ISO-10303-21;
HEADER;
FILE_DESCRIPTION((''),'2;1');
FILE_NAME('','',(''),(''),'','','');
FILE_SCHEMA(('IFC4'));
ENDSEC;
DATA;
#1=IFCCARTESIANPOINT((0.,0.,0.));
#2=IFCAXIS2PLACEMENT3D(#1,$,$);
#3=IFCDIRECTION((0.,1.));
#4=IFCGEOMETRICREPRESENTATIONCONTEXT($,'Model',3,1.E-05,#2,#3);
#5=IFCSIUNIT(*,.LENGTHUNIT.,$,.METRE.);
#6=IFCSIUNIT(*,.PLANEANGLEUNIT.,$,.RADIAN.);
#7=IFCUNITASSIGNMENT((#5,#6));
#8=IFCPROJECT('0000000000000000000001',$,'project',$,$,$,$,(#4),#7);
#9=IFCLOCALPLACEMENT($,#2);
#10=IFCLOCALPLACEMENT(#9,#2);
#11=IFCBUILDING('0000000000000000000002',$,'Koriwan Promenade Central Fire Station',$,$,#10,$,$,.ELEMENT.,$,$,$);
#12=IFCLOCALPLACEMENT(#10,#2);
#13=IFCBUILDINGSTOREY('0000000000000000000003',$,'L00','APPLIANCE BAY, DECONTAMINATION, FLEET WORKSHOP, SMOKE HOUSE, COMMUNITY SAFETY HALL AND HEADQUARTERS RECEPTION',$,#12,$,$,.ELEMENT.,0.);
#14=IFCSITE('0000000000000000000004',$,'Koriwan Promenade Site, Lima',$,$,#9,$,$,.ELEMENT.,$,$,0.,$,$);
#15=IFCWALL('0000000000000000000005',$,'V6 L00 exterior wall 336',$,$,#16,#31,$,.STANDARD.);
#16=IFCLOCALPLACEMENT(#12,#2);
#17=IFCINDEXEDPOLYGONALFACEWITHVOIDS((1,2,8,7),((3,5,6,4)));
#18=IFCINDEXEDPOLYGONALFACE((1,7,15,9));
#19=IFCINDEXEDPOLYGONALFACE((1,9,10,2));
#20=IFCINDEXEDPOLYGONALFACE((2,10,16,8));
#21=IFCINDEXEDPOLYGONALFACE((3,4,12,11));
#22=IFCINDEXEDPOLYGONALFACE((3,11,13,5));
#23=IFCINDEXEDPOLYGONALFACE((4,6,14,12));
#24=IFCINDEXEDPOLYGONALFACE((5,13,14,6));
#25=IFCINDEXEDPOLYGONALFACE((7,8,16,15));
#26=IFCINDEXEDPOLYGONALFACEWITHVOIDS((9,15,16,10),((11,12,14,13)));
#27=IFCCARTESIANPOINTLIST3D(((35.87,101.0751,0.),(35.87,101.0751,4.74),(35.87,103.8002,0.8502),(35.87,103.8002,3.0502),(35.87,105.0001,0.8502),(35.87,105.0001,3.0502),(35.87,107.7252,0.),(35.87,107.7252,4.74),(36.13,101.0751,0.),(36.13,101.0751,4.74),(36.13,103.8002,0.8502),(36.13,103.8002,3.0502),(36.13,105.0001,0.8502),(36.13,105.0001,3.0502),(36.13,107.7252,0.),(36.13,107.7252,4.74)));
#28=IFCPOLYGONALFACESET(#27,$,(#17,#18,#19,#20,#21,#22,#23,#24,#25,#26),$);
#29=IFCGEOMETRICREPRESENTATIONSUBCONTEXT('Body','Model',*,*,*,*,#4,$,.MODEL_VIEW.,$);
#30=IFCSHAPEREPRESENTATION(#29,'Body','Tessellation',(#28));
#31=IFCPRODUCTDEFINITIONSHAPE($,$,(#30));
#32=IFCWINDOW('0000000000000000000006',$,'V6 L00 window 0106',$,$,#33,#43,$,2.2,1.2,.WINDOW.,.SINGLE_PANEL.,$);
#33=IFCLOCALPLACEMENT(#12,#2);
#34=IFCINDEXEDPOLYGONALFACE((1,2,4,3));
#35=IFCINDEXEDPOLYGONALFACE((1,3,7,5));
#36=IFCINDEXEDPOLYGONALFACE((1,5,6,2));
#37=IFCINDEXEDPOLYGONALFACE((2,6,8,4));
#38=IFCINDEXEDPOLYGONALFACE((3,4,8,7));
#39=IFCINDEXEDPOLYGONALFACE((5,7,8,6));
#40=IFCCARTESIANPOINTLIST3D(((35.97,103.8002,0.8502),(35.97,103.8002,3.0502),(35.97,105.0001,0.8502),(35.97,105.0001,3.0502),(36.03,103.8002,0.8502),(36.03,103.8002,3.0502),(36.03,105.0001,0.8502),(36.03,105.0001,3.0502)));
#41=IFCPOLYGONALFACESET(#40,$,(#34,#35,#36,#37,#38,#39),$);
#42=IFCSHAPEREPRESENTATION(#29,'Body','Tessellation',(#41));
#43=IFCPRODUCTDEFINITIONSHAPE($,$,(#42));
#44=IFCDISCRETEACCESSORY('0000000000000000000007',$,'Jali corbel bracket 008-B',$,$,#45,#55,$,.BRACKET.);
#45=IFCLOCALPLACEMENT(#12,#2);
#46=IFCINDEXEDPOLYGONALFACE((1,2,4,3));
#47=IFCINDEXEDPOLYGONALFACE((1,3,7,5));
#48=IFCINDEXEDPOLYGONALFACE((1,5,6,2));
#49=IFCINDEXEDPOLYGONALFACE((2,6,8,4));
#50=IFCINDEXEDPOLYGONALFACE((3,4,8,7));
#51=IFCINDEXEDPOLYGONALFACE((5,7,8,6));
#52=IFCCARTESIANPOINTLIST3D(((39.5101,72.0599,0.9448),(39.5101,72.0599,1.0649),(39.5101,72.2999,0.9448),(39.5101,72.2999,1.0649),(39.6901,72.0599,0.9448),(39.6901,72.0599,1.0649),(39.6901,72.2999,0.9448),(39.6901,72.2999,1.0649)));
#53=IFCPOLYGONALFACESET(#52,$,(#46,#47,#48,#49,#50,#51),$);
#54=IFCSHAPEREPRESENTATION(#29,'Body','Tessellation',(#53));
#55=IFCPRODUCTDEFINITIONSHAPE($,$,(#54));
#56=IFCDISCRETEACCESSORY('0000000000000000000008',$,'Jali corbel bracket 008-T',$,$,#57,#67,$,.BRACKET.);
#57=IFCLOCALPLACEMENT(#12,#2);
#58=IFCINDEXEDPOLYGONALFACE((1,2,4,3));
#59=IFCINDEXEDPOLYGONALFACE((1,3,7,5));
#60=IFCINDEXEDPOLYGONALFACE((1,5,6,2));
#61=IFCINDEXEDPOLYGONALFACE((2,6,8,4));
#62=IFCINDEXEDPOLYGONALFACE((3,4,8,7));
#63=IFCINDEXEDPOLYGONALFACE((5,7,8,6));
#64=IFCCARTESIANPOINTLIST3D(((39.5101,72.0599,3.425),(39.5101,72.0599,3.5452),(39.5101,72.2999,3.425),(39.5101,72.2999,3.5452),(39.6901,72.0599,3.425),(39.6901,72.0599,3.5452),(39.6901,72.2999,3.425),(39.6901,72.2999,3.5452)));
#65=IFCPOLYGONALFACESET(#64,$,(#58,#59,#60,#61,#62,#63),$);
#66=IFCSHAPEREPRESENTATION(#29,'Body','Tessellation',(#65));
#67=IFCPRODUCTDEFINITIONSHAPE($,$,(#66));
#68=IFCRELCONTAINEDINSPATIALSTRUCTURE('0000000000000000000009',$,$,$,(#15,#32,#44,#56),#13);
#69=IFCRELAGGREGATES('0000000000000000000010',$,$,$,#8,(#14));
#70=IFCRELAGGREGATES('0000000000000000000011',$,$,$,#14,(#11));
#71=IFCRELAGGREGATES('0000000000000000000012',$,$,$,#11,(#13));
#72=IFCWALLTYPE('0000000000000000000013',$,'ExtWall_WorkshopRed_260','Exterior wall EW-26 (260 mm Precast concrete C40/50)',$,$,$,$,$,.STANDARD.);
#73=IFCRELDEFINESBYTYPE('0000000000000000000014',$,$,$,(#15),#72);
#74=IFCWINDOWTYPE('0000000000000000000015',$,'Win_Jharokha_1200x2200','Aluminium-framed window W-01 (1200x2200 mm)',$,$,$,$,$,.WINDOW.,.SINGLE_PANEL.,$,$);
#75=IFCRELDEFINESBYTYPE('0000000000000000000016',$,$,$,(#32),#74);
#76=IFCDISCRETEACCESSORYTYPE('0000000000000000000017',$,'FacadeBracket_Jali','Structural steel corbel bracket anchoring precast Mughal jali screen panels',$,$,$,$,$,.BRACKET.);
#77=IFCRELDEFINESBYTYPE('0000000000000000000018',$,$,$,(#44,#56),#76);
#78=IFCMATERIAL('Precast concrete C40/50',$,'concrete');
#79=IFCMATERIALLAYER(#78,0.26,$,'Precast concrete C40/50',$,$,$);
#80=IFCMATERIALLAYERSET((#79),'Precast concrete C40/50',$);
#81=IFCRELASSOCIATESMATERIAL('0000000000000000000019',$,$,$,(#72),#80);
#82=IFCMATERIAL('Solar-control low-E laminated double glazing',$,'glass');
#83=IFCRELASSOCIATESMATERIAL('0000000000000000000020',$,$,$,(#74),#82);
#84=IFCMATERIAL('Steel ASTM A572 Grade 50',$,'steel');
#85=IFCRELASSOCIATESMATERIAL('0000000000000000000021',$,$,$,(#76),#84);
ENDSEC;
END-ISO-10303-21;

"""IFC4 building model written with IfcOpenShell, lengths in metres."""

from ifc_helpers import new_model, si_unit, direction, frame, frame_2d, origin, origin_2d, place, context, subcontext, project, spatial, rectangle, extrude, material, layer, layer_set, type_object, element, fill, save


model = new_model("IFC4")

# Units and contexts
model_context = context("Model", 3, precision=1e-05, world=origin(), true_north=direction((0.0, 1.0)))
body_context = subcontext(model_context, "Body", "Model", "MODEL_VIEW")
ifc_project = project(units=[si_unit("LENGTHUNIT", "METRE"), si_unit("PLANEANGLEUNIT", "RADIAN")], contexts=[model_context])

# Site, building, storey
site_placement = place(None, origin())
site = spatial("IfcSite", under=ifc_project, at=site_placement, Name="Koriwan Promenade Site, Lima", CompositionType="ELEMENT", RefElevation=0.0)
building_placement = place(site_placement, origin())
building = spatial("IfcBuilding", under=site, at=building_placement, Name="Koriwan Promenade Central Fire Station", CompositionType="ELEMENT")
storey_placement = place(building_placement, origin())
storey = spatial("IfcBuildingStorey", under=building, at=storey_placement, Name="L00", Description="APPLIANCE BAY, DECONTAMINATION, FLEET WORKSHOP, SMOKE HOUSE, COMMUNITY SAFETY HALL AND HEADQUARTERS RECEPTION", CompositionType="ELEMENT", Elevation=0.0)

# Shared definitions
ifc_material_1 = material(Name="Precast concrete C40/50", Category="concrete")

# Shared definitions
ifc_layer_1 = layer(ifc_material_1, 0.26, Name="Precast concrete C40/50")
ifc_layer_set_1 = layer_set([ifc_layer_1], Name="Precast concrete C40/50")
wall_type = type_object("IfcWallType", Name="ExtWall_WorkshopRed_260", Description="Exterior wall EW-26 (260 mm Precast concrete C40/50)", PredefinedType="STANDARD", material=ifc_layer_set_1)

# Wall, opening, window
wall_1_placement = place(storey_placement, frame((36.0, 101.075, 0.0), z_axis=(0.0, 0.0, 1.0), x_axis=(0.0, 1.0, 0.0)))
wall_1 = element("IfcWall", 1, at=wall_1_placement, inside=storey, type_object=wall_type, Name="V6 L00 exterior wall 336", PredefinedType="STANDARD", context=body_context, shape_type="SweptSolid", body=[
    extrude(rectangle(XDim=6.6501, YDim=0.26, at=frame_2d((3.3252, 0.0))), origin(), (0.0, 0.0, 1.0), 4.74),
])
opening_1_placement = place(wall_1_placement, frame((2.7251, 0.0, 0.8501)))
opening_1 = element("IfcOpeningElement", 2, at=opening_1_placement, cuts=wall_1, PredefinedType="OPENING", context=body_context, shape_type="SweptSolid", body=[
    extrude(rectangle(XDim=1.2, YDim=2.2, at=frame_2d((0.6001, 1.1001))), frame((0.0, 0.1421, 0.0), z_axis=(0.0, -1.0, 0.0), x_axis=(1.0, 0.0, 0.0)), (0.0, 0.0, 1.0), 0.2839),
])
ifc_material_2 = material(Name="Solar-control low-E laminated double glazing", Category="glass")
window_type = type_object("IfcWindowType", Name="Win_Jharokha_1200x2200", Description="Aluminium-framed window W-01 (1200x2200 mm)", PartitioningType="SINGLE_PANEL", PredefinedType="WINDOW", material=ifc_material_2)
window_placement = place(opening_1_placement, origin())
window = element("IfcWindow", 3, at=window_placement, inside=storey, type_object=window_type, Name="V6 L00 window 0106", OverallHeight=2.2, OverallWidth=1.2, PartitioningType="SINGLE_PANEL", PredefinedType="WINDOW", context=body_context, shape_type="SweptSolid", body=[
    extrude(rectangle(XDim=1.2, YDim=2.2, at=frame_2d((0.6001, 1.1001))), frame((0.0, 0.03, 0.0), z_axis=(0.0, -1.0, 0.0), x_axis=(1.0, 0.0, 0.0)), (0.0, 0.0, 1.0), 0.0601),
])
fill(opening_1, window)

# Discrete accessories
ifc_material_3 = material(Name="Steel ASTM A572 Grade 50", Category="steel")
discrete_accessory_type = type_object("IfcDiscreteAccessoryType", Name="FacadeBracket_Jali", Description="Structural steel corbel bracket anchoring precast Mughal jali screen panels", PredefinedType="BRACKET", material=ifc_material_3)
for number, where, z_axis, x_axis, name in (
    (4, (39.6001, 72.1799, 0.9448), (0.0, 0.0, 1.0), (0.0, 1.0, 0.0), "Jali corbel bracket 008-B"),
    (5, (39.6001, 72.1799, 3.425), (0.0, 0.0, 1.0), (0.0, 1.0, 0.0), "Jali corbel bracket 008-T"),
):
    element("IfcDiscreteAccessory", number, at=place(storey_placement, frame(where, z_axis=z_axis, x_axis=x_axis)), inside=storey, type_object=discrete_accessory_type, Name=name, PredefinedType="BRACKET", context=body_context, shape_type="SweptSolid", body=[
        extrude(rectangle(XDim=0.24, YDim=0.1799, at=origin_2d()), origin(), (0.0, 0.0, 1.0), 0.1201),
    ])

save(model, "model.ifc")
